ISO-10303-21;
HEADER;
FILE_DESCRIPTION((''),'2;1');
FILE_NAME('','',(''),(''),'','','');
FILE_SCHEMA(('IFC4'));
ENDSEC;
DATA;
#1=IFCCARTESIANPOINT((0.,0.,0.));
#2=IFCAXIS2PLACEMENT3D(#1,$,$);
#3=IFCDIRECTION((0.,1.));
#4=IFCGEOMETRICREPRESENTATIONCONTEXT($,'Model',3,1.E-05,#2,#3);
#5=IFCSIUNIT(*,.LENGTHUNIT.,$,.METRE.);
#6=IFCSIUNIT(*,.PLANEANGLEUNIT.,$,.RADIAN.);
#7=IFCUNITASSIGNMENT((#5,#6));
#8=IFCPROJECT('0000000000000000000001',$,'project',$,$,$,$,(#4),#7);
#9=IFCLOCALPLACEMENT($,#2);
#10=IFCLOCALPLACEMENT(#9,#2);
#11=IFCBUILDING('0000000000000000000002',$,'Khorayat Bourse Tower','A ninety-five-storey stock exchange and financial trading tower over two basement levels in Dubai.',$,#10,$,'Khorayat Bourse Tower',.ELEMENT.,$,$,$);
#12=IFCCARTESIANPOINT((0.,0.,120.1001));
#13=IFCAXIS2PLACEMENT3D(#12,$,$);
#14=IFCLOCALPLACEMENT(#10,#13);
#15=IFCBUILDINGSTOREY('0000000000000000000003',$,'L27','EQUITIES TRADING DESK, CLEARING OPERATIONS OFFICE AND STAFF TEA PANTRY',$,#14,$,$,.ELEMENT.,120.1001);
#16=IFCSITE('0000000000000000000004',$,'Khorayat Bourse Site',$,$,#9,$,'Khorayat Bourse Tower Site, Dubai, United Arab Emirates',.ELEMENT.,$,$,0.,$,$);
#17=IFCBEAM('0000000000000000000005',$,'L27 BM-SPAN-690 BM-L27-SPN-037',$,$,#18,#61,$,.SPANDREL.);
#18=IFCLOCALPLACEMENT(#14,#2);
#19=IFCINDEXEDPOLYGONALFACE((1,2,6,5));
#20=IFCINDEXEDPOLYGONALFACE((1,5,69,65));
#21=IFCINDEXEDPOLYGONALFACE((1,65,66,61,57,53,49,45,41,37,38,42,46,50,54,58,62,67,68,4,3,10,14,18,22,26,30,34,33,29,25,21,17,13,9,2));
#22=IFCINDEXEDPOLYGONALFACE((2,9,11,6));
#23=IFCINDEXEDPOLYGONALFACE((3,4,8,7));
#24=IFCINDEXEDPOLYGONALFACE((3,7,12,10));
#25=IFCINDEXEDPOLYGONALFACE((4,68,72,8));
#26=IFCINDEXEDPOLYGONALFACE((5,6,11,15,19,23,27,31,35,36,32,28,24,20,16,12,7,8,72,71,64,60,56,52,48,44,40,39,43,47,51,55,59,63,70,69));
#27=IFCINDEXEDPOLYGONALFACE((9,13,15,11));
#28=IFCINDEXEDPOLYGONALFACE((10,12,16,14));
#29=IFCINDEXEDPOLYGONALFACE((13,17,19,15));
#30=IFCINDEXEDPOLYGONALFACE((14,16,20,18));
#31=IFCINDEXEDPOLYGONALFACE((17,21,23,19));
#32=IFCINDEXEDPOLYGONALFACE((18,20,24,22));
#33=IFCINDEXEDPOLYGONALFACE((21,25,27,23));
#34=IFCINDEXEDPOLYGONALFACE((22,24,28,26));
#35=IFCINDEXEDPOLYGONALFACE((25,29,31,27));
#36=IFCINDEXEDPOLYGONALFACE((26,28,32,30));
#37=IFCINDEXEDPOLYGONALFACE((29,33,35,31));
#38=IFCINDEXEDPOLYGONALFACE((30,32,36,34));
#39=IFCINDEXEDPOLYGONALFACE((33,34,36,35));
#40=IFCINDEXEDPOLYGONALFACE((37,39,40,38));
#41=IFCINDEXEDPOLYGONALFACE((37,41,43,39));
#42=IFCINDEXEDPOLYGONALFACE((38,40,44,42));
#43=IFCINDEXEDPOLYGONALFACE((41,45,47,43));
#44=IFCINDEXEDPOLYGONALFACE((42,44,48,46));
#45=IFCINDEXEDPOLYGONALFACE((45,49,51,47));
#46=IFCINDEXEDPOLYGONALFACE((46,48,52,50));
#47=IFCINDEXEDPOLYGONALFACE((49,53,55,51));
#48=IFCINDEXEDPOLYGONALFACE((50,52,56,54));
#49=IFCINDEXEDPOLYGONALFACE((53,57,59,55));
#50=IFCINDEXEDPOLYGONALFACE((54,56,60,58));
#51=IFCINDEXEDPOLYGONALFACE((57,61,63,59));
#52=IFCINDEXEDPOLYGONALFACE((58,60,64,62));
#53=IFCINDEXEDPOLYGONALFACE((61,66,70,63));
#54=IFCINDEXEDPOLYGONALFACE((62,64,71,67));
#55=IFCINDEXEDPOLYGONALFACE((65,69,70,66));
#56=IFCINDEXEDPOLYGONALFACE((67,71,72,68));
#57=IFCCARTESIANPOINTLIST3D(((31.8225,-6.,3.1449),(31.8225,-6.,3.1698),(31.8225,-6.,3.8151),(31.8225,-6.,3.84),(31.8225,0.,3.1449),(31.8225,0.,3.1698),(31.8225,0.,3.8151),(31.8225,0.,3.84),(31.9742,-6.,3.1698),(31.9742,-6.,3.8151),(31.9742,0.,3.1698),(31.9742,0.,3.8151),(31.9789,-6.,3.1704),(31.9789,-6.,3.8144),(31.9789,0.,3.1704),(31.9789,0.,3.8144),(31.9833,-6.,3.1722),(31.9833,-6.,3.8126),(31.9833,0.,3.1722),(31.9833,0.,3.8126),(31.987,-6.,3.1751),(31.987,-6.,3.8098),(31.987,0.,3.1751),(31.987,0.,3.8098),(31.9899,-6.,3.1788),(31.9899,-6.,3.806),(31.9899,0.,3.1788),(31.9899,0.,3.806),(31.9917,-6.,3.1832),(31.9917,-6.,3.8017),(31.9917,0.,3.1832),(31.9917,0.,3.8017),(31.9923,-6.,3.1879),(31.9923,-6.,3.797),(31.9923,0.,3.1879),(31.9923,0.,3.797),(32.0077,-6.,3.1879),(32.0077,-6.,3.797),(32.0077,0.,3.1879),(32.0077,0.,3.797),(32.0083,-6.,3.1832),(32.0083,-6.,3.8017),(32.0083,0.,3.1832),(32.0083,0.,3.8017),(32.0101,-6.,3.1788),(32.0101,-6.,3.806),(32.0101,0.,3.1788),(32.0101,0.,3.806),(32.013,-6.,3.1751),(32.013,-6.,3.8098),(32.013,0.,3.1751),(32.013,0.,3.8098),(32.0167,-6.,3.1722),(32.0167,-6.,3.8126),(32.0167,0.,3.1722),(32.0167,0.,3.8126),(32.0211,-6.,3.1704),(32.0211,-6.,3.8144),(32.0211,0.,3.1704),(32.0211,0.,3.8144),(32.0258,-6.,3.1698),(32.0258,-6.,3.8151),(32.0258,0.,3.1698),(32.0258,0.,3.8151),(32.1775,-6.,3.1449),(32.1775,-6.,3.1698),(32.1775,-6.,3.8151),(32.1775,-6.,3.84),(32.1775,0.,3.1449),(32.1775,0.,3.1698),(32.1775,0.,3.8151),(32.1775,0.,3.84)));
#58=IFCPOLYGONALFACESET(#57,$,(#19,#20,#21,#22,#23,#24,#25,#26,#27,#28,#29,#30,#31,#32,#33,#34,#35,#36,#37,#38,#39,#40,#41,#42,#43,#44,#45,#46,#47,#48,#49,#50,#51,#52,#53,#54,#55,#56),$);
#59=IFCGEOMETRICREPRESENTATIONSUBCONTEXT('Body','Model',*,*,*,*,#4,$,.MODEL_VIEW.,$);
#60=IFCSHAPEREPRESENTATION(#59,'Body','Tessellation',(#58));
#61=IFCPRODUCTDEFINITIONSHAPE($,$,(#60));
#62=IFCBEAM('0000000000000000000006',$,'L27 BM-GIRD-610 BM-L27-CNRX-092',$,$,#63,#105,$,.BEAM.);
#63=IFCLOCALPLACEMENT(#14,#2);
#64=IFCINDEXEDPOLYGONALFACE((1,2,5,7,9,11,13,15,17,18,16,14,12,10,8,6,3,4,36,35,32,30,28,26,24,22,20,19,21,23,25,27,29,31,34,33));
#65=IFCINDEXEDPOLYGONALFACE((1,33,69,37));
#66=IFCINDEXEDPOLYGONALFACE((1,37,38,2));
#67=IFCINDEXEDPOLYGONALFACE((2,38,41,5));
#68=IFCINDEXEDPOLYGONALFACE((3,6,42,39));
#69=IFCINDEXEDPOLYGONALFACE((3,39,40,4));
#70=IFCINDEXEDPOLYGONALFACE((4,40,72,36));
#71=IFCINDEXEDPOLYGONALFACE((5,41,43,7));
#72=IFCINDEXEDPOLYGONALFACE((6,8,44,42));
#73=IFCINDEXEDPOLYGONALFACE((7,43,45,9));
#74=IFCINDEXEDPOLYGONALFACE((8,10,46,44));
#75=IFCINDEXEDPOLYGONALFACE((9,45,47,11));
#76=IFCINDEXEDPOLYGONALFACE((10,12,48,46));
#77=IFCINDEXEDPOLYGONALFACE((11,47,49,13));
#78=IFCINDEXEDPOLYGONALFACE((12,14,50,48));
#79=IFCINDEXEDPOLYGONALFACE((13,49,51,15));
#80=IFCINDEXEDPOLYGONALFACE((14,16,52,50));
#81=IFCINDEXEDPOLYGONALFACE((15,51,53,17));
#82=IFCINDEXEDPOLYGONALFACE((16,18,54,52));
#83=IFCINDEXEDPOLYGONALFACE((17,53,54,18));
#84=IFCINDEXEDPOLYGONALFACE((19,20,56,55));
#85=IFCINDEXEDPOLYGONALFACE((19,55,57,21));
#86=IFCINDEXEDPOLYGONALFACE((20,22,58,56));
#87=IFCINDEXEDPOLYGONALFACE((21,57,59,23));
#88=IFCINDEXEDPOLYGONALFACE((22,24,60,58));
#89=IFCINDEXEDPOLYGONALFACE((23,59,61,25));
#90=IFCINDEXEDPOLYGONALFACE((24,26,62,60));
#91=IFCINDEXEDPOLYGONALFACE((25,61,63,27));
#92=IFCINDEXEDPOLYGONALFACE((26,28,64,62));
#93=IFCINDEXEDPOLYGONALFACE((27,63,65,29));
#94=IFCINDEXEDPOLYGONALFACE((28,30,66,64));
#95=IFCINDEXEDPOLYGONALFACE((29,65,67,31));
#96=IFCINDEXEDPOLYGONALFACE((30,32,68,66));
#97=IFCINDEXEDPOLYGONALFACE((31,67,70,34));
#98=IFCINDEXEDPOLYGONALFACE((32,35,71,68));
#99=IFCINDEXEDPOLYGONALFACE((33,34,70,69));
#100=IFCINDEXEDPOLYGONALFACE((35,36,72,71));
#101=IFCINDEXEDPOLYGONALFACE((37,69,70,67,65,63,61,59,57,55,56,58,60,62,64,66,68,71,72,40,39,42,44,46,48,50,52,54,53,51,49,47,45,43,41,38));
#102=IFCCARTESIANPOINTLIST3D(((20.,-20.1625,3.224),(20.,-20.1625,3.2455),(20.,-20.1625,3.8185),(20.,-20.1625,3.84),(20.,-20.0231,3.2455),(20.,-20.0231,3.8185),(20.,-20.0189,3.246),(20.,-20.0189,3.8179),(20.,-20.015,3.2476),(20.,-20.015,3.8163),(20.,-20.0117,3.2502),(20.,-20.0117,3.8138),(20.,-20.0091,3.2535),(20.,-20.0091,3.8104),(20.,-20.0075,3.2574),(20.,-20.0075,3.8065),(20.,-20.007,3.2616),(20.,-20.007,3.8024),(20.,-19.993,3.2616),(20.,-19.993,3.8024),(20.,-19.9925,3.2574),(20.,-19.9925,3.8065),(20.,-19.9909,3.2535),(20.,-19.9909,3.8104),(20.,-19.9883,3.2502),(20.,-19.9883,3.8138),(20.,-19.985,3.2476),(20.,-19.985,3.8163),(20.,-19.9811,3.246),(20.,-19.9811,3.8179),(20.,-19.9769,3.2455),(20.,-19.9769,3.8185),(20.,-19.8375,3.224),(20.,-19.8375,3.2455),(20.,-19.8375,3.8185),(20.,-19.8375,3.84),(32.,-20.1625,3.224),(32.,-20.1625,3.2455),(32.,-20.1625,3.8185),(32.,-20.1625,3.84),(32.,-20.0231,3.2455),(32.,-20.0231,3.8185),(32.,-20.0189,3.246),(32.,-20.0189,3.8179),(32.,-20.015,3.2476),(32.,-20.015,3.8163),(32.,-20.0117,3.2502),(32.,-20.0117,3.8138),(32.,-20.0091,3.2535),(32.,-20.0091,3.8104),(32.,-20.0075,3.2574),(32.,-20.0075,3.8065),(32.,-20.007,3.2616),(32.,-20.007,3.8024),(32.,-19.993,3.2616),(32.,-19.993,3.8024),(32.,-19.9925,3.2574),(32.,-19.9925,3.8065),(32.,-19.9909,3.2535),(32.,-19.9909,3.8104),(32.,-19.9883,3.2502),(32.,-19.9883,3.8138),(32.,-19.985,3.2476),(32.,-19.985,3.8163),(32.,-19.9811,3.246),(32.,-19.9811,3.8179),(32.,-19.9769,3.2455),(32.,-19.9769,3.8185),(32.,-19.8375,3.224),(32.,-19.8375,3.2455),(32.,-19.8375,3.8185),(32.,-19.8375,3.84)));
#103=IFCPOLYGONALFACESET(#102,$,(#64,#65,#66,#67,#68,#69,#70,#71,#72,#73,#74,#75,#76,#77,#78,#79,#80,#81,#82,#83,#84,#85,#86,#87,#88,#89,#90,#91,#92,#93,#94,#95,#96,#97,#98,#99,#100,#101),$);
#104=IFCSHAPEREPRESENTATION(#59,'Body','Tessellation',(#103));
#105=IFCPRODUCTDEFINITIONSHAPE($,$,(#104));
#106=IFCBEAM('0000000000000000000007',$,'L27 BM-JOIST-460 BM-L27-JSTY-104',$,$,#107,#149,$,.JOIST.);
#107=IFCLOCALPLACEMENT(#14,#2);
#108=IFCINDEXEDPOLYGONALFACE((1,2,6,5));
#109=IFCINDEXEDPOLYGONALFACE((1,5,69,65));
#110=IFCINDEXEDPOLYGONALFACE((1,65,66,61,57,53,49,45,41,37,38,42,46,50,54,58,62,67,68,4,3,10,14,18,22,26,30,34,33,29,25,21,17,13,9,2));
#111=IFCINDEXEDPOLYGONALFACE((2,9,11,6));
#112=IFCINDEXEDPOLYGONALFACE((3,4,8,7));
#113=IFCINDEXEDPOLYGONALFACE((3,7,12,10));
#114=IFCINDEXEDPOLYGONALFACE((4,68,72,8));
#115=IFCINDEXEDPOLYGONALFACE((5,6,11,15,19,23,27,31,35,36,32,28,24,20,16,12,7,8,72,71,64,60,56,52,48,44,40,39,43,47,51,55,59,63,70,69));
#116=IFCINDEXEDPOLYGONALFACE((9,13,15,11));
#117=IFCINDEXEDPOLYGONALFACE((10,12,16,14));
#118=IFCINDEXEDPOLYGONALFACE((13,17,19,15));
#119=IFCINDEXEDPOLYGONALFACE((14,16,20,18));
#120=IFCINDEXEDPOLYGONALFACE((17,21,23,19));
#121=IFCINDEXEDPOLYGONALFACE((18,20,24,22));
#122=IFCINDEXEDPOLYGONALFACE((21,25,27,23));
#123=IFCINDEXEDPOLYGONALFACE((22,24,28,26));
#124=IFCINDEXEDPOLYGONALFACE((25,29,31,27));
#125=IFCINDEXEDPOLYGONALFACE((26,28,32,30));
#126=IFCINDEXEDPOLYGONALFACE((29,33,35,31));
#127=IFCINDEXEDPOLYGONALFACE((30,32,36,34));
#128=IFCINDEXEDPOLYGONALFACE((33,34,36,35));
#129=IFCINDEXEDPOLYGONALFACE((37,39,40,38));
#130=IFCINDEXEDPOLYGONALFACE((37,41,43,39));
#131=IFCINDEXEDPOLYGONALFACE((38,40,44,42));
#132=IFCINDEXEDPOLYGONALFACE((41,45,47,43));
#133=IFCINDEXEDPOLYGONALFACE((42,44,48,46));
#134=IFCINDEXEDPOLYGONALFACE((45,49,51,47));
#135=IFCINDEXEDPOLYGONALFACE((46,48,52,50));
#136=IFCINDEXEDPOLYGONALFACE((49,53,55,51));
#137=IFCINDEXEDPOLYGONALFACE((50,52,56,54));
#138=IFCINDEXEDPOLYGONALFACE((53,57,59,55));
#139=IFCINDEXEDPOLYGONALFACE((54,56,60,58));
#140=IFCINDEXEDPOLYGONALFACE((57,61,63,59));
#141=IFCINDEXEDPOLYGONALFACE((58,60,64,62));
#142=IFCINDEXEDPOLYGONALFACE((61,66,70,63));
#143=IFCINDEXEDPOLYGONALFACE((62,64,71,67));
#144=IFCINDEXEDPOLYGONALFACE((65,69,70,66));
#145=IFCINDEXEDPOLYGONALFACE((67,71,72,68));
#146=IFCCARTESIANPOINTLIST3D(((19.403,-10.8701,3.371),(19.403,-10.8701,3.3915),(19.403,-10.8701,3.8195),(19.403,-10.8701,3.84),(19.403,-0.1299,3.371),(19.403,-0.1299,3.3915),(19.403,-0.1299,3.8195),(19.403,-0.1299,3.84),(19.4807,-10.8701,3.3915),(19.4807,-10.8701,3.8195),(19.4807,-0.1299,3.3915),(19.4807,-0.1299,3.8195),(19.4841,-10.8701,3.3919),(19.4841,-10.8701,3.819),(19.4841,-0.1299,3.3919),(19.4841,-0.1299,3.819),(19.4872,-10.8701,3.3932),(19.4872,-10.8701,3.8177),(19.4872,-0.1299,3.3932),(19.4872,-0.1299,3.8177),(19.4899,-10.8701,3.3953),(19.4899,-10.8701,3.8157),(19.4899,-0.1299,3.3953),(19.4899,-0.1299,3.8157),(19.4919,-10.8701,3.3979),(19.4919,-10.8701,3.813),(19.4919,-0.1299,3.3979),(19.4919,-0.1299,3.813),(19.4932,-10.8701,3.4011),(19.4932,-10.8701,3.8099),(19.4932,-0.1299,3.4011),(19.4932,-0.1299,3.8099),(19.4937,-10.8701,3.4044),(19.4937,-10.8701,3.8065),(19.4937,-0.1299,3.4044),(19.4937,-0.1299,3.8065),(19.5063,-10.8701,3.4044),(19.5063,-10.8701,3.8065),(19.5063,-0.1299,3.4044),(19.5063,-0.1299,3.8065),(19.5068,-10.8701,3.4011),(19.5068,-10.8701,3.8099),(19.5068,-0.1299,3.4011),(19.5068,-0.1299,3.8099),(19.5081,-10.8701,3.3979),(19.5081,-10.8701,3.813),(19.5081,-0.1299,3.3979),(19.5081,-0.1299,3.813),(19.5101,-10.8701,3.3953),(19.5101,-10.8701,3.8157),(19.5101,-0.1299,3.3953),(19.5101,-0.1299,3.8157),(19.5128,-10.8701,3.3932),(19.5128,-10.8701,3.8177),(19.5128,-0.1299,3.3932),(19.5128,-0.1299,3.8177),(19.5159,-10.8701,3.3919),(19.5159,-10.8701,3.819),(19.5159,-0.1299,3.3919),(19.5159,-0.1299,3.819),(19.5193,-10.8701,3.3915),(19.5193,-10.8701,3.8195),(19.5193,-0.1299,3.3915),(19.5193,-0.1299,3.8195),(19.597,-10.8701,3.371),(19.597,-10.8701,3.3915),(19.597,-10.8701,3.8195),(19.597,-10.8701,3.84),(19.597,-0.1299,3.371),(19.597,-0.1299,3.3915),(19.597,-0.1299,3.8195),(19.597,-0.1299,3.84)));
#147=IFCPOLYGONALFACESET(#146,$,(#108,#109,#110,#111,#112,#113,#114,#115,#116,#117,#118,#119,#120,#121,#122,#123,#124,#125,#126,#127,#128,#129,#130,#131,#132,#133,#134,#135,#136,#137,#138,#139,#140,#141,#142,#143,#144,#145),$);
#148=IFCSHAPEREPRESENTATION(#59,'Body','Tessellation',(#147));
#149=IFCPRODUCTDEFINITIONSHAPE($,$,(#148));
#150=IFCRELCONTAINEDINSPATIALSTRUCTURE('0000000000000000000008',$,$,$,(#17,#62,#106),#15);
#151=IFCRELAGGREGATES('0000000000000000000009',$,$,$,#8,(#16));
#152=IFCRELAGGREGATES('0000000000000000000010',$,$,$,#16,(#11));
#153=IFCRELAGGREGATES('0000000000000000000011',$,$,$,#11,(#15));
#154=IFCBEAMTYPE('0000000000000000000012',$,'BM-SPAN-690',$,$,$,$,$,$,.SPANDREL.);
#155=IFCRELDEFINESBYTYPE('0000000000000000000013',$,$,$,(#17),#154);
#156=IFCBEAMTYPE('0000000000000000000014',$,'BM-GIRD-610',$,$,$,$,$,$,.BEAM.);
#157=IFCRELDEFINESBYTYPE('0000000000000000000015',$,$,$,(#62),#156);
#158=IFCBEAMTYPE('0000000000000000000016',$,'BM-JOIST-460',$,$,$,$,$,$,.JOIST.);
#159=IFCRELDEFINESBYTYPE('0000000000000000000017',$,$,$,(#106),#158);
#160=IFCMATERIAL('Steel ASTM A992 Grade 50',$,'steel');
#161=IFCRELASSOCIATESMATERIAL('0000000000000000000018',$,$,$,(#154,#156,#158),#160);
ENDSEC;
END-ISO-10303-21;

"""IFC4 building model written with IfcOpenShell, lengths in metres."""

from ifc_helpers import new_model, si_unit, direction, frame, origin, origin_2d, place, context, subcontext, project, spatial, i_section, extrude, source, transform, mapped, material, material_profile, profile_set, type_object, element, save


model = new_model("IFC4")

# Units and contexts
model_context = context("Model", 3, precision=1e-05, world=origin(), true_north=direction((0.0, 1.0)))
body_context = subcontext(model_context, "Body", "Model", "MODEL_VIEW")
ifc_project = project(units=[si_unit("LENGTHUNIT", "METRE"), si_unit("PLANEANGLEUNIT", "RADIAN")], contexts=[model_context])

# Site, building, storey
site_placement = place(None, origin())
site = spatial("IfcSite", under=ifc_project, at=site_placement, Name="Khorayat Bourse Site", LongName="Khorayat Bourse Tower Site, Dubai, United Arab Emirates", CompositionType="ELEMENT", RefElevation=0.0)
building_placement = place(site_placement, origin())
building = spatial("IfcBuilding", under=site, at=building_placement, Name="Khorayat Bourse Tower", Description="A ninety-five-storey stock exchange and financial trading tower over two basement levels in Dubai.", LongName="Khorayat Bourse Tower", CompositionType="ELEMENT")
storey_placement = place(building_placement, frame((0.0, 0.0, 120.1001)))
storey = spatial("IfcBuildingStorey", under=building, at=storey_placement, Name="L27", Description="EQUITIES TRADING DESK, CLEARING OPERATIONS OFFICE AND STAFF TEA PANTRY", CompositionType="ELEMENT", Elevation=120.1001)

# Beams
ifc_material_1 = material(Name="Steel ASTM A992 Grade 50", Category="steel")
ifc_material_profile_1 = material_profile(ifc_material_1, i_section(OverallWidth=0.355, OverallDepth=0.6951, WebThickness=0.0154, FlangeThickness=0.0249, FilletRadius=0.0181, at=origin_2d()), Name="W690X217")
ifc_profile_set_1 = profile_set([ifc_material_profile_1], Name="Steel ASTM A992 Grade 50")
beam_type_1 = type_object("IfcBeamType", Name="BM-SPAN-690", PredefinedType="SPANDREL", material=ifc_profile_set_1)
shared_shape_1 = source(origin(), body_context, "Body", "SweptSolid", [
    extrude(i_section(OverallWidth=0.355, OverallDepth=0.6951, WebThickness=0.0154, FlangeThickness=0.0249, FilletRadius=0.0181, at=origin_2d()), origin(), (0.0, 0.0, 1.0), 6.0),
])
beam_1_placement = place(storey_placement, frame((32.0, -6.0, 3.4924), z_axis=(0.0, 1.0, 0.0), x_axis=(-1.0, 0.0, 0.0)))
element("IfcBeam", 1, at=beam_1_placement, inside=storey, type_object=beam_type_1, Name="L27 BM-SPAN-690 BM-L27-SPN-037", PredefinedType="SPANDREL", context=body_context, shape_type="MappedRepresentation", body=[
    mapped(shared_shape_1, transform((0.0, 0.0, 0.0), scale=1.0)),
])
ifc_material_profile_2 = material_profile(ifc_material_1, i_section(OverallWidth=0.325, OverallDepth=0.616, WebThickness=0.0139, FlangeThickness=0.0215, FilletRadius=0.0161, at=origin_2d()), Name="W610X174")
ifc_profile_set_2 = profile_set([ifc_material_profile_2], Name="Steel ASTM A992 Grade 50")
beam_type_2 = type_object("IfcBeamType", Name="BM-GIRD-610", PredefinedType="BEAM", material=ifc_profile_set_2)
shared_shape_2 = source(origin(), body_context, "Body", "SweptSolid", [
    extrude(i_section(OverallWidth=0.325, OverallDepth=0.616, WebThickness=0.0139, FlangeThickness=0.0215, FilletRadius=0.0161, at=origin_2d()), origin(), (0.0, 0.0, 1.0), 12.0),
])
beam_2_placement = place(storey_placement, frame((20.0, -20.0, 3.532), z_axis=(1.0, 0.0, 0.0), x_axis=(0.0, 1.0, 0.0)))
element("IfcBeam", 2, at=beam_2_placement, inside=storey, type_object=beam_type_2, Name="L27 BM-GIRD-610 BM-L27-CNRX-092", PredefinedType="BEAM", context=body_context, shape_type="MappedRepresentation", body=[
    mapped(shared_shape_2, transform((0.0, 0.0, 0.0), scale=1.0)),
])
ifc_material_profile_3 = material_profile(ifc_material_1, i_section(OverallWidth=0.1941, OverallDepth=0.469, WebThickness=0.0127, FlangeThickness=0.0205, FilletRadius=0.0129, at=origin_2d()), Name="W460X106")
ifc_profile_set_3 = profile_set([ifc_material_profile_3], Name="Steel ASTM A992 Grade 50")
beam_type_3 = type_object("IfcBeamType", Name="BM-JOIST-460", PredefinedType="JOIST", material=ifc_profile_set_3)
shared_shape_3 = source(origin(), body_context, "Body", "SweptSolid", [
    extrude(i_section(OverallWidth=0.1941, OverallDepth=0.469, WebThickness=0.0127, FlangeThickness=0.0205, FilletRadius=0.0129, at=origin_2d()), origin(), (0.0, 0.0, 1.0), 10.7402),
])
beam_3_placement = place(storey_placement, frame((19.5, -10.8701, 3.6055), z_axis=(0.0, 1.0, 0.0), x_axis=(-1.0, 0.0, 0.0)))
element("IfcBeam", 3, at=beam_3_placement, inside=storey, type_object=beam_type_3, Name="L27 BM-JOIST-460 BM-L27-JSTY-104", PredefinedType="JOIST", context=body_context, shape_type="MappedRepresentation", body=[
    mapped(shared_shape_3, transform((0.0, 0.0, 0.0), scale=1.0)),
])

save(model, "model.ifc")
